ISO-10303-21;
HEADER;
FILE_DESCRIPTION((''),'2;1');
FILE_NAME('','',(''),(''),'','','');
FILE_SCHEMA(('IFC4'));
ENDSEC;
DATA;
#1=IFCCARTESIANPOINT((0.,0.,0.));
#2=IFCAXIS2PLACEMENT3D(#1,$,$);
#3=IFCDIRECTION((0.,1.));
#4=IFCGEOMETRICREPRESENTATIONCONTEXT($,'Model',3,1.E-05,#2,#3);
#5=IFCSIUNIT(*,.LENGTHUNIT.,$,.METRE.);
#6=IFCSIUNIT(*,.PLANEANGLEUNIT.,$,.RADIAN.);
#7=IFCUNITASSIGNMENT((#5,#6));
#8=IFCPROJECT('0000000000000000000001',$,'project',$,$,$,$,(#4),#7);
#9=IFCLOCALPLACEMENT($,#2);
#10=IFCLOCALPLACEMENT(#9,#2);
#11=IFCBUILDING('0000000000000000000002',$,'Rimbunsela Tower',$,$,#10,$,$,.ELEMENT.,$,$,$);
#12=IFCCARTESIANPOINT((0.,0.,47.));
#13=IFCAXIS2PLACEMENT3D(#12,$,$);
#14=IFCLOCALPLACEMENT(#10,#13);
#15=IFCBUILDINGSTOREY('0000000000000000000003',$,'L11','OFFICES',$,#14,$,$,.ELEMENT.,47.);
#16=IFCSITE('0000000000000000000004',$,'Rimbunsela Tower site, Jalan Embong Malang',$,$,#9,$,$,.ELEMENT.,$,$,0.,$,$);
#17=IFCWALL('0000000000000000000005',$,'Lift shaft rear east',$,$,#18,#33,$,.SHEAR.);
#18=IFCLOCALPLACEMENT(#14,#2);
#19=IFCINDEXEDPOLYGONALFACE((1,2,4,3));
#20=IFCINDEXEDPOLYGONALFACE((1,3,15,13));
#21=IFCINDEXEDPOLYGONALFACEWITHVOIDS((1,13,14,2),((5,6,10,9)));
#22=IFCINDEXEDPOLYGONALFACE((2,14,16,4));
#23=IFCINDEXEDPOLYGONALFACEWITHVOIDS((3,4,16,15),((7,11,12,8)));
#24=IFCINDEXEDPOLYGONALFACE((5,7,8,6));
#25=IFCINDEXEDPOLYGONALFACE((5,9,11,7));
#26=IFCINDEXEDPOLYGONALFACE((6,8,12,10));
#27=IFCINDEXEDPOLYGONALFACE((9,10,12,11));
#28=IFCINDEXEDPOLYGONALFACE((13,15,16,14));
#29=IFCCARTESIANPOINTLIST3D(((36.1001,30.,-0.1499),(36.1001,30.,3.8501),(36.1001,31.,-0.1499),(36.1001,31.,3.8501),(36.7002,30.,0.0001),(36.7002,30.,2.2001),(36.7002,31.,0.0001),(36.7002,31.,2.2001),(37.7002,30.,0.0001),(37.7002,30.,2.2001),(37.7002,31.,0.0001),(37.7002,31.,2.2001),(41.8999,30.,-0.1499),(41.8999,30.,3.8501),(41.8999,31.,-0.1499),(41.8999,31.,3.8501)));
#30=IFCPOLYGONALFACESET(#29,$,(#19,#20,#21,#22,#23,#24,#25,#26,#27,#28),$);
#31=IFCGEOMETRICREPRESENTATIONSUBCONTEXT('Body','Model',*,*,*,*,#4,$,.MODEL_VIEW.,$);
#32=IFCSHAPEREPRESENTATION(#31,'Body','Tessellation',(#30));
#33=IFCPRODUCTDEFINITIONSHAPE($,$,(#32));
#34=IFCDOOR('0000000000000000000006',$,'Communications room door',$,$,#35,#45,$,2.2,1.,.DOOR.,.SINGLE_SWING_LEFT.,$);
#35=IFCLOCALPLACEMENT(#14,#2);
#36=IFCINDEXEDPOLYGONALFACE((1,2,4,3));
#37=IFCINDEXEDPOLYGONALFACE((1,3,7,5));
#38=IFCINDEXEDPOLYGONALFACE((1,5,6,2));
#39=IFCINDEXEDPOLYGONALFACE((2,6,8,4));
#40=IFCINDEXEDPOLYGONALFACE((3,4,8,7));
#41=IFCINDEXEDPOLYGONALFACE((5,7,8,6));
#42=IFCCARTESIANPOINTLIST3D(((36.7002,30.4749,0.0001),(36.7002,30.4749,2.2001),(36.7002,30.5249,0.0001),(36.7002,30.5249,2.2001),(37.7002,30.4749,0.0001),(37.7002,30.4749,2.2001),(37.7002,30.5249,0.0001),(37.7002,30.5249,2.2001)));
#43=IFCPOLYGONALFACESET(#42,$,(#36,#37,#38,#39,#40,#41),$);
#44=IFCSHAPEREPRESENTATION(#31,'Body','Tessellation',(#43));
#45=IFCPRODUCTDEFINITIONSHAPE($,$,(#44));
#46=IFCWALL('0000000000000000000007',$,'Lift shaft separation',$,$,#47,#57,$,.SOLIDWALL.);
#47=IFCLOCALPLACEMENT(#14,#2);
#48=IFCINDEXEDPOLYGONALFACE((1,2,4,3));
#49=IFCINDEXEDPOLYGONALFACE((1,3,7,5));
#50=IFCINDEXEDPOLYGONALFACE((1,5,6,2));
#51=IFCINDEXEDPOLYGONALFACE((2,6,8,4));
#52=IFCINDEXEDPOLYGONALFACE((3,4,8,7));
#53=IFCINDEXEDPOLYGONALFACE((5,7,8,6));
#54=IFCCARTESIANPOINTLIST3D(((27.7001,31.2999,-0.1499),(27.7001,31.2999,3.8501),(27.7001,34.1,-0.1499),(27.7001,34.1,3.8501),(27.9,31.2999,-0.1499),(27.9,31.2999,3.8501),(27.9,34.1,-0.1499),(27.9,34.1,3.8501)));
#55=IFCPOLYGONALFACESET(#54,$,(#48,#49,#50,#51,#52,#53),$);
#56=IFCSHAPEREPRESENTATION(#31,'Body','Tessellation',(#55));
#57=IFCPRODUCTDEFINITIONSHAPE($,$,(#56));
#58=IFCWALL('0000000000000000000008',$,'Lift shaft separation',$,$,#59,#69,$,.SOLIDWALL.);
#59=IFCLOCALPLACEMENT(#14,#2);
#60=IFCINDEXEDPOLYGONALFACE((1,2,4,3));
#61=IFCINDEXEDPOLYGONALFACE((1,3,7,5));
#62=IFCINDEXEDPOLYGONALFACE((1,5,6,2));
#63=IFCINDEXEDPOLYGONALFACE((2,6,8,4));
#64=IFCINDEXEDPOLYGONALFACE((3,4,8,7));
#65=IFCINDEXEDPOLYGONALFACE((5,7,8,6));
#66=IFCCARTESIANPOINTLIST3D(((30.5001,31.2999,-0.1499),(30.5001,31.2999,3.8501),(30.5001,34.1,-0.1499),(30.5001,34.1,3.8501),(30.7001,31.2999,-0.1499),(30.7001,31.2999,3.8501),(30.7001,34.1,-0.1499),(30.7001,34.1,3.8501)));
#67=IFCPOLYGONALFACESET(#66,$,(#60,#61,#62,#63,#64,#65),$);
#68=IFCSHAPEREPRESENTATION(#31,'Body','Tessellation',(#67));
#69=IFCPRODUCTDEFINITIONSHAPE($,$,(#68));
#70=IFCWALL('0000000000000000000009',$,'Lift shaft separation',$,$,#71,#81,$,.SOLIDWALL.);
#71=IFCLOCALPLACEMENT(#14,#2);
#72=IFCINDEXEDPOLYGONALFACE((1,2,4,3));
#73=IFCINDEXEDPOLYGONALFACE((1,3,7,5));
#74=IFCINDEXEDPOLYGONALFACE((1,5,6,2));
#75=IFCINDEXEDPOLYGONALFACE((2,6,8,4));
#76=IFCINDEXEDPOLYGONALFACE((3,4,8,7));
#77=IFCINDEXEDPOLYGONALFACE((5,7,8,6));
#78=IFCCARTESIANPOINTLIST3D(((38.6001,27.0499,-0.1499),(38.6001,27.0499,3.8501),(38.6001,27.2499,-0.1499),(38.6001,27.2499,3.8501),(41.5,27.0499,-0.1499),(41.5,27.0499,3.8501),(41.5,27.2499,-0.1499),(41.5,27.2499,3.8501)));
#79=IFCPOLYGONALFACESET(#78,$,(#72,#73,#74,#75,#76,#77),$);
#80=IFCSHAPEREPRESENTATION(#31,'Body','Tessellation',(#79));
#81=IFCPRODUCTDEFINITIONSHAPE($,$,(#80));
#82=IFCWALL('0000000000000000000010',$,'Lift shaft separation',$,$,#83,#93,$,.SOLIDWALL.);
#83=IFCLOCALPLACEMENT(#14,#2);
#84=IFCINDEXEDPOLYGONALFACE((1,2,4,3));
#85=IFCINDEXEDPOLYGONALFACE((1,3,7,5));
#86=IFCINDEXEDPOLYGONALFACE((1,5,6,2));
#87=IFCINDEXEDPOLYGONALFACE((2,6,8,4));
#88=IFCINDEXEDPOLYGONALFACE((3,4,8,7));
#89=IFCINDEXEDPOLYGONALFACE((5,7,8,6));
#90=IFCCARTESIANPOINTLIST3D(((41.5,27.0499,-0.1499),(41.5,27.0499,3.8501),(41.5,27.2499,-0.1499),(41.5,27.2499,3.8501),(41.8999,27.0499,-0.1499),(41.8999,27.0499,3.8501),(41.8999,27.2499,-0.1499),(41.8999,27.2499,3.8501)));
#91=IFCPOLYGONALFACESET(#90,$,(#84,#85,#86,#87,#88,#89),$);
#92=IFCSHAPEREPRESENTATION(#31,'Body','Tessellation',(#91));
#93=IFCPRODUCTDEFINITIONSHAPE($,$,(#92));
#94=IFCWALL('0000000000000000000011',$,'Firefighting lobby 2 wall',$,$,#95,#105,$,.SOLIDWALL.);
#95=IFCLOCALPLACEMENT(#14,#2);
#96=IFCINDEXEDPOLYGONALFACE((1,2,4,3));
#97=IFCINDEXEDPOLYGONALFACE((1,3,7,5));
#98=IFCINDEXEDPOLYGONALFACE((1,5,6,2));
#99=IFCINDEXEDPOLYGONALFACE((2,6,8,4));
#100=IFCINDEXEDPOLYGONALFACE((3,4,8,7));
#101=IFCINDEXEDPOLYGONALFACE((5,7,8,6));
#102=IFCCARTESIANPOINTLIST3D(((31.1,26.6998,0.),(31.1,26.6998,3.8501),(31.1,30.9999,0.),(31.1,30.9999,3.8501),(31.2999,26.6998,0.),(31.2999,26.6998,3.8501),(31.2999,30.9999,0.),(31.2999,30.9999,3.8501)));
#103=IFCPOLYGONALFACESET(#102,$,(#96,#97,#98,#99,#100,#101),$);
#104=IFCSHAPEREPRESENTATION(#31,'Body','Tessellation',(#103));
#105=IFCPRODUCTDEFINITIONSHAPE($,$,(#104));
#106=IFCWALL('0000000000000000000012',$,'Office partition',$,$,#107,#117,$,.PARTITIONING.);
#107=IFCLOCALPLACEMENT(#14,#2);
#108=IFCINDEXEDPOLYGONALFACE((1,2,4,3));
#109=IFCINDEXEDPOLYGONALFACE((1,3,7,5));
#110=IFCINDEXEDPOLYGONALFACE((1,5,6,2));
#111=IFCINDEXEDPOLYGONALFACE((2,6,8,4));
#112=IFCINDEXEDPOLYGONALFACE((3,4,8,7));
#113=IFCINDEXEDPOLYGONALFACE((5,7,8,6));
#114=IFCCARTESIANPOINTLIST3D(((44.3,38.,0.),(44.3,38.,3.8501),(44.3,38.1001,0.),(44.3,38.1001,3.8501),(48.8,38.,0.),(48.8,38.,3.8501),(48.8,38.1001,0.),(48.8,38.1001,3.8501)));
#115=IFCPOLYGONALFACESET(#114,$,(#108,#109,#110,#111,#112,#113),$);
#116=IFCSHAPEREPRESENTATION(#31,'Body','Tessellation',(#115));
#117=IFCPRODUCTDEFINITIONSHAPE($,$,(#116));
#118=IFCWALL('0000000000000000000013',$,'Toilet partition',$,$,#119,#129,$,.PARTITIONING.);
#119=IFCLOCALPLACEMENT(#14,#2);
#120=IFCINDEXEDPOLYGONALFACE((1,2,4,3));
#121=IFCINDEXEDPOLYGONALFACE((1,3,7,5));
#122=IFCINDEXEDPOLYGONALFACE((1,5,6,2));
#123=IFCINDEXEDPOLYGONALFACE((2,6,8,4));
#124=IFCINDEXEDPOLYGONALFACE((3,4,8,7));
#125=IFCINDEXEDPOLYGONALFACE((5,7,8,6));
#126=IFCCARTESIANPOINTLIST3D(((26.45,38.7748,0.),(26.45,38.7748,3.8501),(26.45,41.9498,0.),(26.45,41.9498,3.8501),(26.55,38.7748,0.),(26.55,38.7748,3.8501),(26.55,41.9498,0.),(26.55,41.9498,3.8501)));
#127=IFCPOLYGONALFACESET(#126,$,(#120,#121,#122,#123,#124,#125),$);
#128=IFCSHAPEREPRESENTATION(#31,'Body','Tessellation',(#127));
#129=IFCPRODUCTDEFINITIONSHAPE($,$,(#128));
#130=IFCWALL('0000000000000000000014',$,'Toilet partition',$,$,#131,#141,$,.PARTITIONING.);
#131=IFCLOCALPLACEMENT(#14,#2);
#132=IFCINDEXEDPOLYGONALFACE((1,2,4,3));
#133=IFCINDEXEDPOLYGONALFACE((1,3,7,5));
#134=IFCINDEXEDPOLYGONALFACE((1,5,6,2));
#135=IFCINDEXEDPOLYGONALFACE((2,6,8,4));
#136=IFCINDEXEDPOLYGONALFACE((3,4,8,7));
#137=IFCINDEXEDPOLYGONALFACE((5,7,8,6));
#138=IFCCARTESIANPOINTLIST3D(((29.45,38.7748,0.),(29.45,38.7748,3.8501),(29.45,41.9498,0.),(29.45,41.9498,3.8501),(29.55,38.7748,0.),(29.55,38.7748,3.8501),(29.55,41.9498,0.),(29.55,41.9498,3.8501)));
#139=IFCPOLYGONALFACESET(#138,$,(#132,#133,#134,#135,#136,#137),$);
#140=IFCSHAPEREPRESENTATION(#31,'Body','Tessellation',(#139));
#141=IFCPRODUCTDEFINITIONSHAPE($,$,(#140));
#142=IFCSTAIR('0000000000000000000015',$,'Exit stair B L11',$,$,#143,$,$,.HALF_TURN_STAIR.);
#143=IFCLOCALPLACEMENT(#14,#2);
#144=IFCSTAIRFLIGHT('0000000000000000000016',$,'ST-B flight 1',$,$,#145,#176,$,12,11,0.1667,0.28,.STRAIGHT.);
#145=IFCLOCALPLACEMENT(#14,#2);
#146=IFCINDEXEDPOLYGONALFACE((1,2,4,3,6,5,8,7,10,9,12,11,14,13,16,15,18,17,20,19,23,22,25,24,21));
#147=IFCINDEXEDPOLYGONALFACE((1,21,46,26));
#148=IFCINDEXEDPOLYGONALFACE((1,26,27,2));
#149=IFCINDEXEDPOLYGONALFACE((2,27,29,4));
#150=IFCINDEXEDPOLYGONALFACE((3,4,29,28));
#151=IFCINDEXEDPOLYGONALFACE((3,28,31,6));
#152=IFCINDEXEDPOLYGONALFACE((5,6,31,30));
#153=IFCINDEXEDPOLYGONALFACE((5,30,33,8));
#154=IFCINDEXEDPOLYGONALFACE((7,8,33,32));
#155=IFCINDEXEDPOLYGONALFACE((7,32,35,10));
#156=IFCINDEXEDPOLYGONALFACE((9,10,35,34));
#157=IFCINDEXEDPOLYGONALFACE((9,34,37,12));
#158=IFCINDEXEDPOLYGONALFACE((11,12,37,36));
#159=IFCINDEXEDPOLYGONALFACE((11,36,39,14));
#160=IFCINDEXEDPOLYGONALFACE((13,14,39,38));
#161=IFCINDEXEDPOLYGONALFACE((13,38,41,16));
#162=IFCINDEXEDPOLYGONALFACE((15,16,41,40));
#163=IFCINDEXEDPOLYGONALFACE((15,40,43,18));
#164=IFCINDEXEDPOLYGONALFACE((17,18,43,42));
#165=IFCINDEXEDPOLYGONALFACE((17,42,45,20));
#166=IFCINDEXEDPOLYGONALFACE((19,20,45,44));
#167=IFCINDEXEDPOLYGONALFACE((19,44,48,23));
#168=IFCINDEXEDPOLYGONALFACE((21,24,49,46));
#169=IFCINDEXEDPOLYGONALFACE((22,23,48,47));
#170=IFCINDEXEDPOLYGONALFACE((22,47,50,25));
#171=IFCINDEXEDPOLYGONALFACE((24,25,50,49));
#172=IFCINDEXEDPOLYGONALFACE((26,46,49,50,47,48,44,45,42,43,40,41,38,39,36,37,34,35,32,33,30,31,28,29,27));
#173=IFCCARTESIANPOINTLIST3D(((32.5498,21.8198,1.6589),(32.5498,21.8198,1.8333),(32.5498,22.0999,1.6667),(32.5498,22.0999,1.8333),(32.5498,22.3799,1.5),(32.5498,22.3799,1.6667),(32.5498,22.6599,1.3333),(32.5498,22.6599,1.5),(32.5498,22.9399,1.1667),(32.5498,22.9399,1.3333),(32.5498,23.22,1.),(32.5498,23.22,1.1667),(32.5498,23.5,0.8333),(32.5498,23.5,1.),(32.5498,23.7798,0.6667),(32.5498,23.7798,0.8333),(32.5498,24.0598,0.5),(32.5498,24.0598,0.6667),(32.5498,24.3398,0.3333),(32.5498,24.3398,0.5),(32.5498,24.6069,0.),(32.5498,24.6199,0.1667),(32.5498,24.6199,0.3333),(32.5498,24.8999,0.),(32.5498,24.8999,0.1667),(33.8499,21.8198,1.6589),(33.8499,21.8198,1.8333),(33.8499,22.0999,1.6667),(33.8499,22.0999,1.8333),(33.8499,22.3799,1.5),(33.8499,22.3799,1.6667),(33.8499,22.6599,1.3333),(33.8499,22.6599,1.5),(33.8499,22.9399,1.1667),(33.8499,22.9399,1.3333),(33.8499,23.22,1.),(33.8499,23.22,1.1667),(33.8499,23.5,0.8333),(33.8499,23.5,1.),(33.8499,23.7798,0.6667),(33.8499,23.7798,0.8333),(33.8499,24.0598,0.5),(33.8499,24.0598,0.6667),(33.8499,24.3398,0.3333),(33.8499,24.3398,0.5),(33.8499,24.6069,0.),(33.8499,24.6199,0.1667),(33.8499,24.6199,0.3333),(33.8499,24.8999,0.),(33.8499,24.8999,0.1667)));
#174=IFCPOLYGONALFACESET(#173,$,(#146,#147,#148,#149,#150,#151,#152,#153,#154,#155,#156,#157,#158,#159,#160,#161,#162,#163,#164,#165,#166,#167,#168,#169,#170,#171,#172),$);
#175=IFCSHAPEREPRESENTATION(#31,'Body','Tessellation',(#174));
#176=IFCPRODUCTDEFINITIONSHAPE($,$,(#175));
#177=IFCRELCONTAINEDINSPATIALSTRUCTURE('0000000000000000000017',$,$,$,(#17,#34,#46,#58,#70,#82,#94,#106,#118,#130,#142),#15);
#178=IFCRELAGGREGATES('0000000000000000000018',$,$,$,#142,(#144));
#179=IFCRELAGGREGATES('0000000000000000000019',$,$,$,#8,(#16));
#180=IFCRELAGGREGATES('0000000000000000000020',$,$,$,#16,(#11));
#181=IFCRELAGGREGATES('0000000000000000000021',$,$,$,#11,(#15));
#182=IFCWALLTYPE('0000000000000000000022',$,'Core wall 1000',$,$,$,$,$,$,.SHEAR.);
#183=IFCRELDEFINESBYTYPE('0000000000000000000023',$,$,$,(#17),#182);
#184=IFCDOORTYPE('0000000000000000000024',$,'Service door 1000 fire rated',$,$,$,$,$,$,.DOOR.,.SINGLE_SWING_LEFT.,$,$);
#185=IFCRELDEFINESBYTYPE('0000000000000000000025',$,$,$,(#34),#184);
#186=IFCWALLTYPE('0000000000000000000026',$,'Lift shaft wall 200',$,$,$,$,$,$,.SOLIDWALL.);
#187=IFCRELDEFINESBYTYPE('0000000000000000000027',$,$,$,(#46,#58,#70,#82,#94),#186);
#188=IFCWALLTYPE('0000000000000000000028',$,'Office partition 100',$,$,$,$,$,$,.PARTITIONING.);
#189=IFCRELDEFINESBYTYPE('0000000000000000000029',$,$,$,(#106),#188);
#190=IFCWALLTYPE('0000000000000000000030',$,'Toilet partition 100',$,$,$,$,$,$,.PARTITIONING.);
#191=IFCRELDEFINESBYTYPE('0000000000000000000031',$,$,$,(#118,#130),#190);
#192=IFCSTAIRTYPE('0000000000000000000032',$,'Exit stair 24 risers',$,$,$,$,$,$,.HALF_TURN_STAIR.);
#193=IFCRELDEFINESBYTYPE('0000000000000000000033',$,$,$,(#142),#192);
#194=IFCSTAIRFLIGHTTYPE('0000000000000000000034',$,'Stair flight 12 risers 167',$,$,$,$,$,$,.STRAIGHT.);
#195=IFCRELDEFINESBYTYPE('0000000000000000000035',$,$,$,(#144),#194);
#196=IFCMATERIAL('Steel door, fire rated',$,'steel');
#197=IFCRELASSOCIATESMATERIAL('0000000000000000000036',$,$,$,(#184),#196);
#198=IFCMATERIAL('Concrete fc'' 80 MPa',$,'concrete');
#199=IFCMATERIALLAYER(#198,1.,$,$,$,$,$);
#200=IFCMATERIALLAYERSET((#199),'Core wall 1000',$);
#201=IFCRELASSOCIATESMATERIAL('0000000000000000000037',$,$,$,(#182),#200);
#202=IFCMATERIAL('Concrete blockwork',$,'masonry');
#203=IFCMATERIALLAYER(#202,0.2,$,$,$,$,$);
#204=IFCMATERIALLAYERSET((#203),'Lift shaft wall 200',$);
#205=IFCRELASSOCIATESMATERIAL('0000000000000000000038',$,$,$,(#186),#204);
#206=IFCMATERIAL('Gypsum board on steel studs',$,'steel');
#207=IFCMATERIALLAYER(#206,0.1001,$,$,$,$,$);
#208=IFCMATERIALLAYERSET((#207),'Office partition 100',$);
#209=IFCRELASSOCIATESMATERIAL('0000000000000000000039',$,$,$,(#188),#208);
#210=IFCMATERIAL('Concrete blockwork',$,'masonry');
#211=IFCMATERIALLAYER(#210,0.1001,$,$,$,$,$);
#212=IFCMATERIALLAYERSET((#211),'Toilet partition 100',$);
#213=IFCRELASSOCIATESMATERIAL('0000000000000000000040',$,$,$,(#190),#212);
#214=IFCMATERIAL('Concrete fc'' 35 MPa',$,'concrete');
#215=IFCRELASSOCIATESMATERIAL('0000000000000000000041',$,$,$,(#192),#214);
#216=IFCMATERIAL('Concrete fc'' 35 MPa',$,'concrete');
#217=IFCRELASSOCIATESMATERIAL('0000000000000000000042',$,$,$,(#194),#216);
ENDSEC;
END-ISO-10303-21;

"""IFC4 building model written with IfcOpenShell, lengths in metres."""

from ifc_helpers import new_model, si_unit, direction, frame, frame_2d, origin, place, context, subcontext, project, spatial, polyline, rectangle, outline, extrude, material, layer, layer_set, type_object, element, fill, aggregate, save


model = new_model("IFC4")

# Units and contexts
model_context = context("Model", 3, precision=1e-05, world=origin(), true_north=direction((0.0, 1.0)))
body_context = subcontext(model_context, "Body", "Model", "MODEL_VIEW")
ifc_project = project(units=[si_unit("LENGTHUNIT", "METRE"), si_unit("PLANEANGLEUNIT", "RADIAN")], contexts=[model_context])

# Site, building, storey
site_placement = place(None, origin())
site = spatial("IfcSite", under=ifc_project, at=site_placement, Name="Rimbunsela Tower site, Jalan Embong Malang", CompositionType="ELEMENT", RefElevation=0.0)
building_placement = place(site_placement, origin())
building = spatial("IfcBuilding", under=site, at=building_placement, Name="Rimbunsela Tower", CompositionType="ELEMENT")
storey_placement = place(building_placement, frame((0.0, 0.0, 47.0)))
storey = spatial("IfcBuildingStorey", under=building, at=storey_placement, Name="L11", Description="OFFICES", CompositionType="ELEMENT", Elevation=47.0)

# Shared definitions
ifc_material_1 = material(Name="Steel door, fire rated", Category="steel")
door_type_1 = type_object("IfcDoorType", Name="Service door 1000 fire rated", OperationType="SINGLE_SWING_LEFT", PredefinedType="DOOR", material=ifc_material_1)

# Wall, opening, door
ifc_material_2 = material(Name="Concrete fc' 80 MPa", Category="concrete")
ifc_layer_1 = layer(ifc_material_2, 1.0)
ifc_layer_set_1 = layer_set([ifc_layer_1], Name="Core wall 1000")
wall_type_1 = type_object("IfcWallType", Name="Core wall 1000", PredefinedType="SHEAR", material=ifc_layer_set_1)
wall_1_placement = place(storey_placement, frame((36.1001, 30.5, -0.1499), z_axis=(0.0, 0.0, 1.0), x_axis=(1.0, 0.0, 0.0)))
wall_1 = element("IfcWall", 1, at=wall_1_placement, inside=storey, type_object=wall_type_1, Name="Lift shaft rear east", PredefinedType="SHEAR", context=body_context, shape_type="SweptSolid", body=[
    extrude(rectangle(XDim=5.7998, YDim=1.0, at=frame_2d((2.8999, 0.0))), origin(), (0.0, 0.0, 1.0), 4.0),
])
opening_1_placement = place(wall_1_placement, frame((0.6001, 0.0, 0.1499)))
opening_1 = element("IfcOpeningElement", 2, at=opening_1_placement, cuts=wall_1, PredefinedType="OPENING", context=body_context, shape_type="SweptSolid", body=[
    extrude(rectangle(XDim=1.0, YDim=2.2, at=frame_2d((0.5, 1.1001))), frame((0.0, 0.51, 0.0), z_axis=(0.0, -1.0, 0.0), x_axis=(1.0, 0.0, 0.0)), (0.0, 0.0, 1.0), 1.02),
])
door_1_placement = place(opening_1_placement, origin())
door_1 = element("IfcDoor", 3, at=door_1_placement, inside=storey, type_object=door_type_1, Name="Communications room door", OperationType="SINGLE_SWING_LEFT", OverallHeight=2.2, OverallWidth=1.0, PredefinedType="DOOR", context=body_context, shape_type="SweptSolid", body=[
    extrude(rectangle(XDim=1.0, YDim=2.2, at=frame_2d((0.5, 1.1001))), frame((0.0, 0.0249, 0.0), z_axis=(0.0, -1.0, 0.0), x_axis=(1.0, 0.0, 0.0)), (0.0, 0.0, 1.0), 0.05),
])
fill(opening_1, door_1)

# Walls
ifc_material_3 = material(Name="Concrete blockwork", Category="masonry")
ifc_layer_2 = layer(ifc_material_3, 0.2)
ifc_layer_set_2 = layer_set([ifc_layer_2], Name="Lift shaft wall 200")
wall_type_2 = type_object("IfcWallType", Name="Lift shaft wall 200", PredefinedType="SOLIDWALL", material=ifc_layer_set_2)
for number, where, z_axis, x_axis, name in (
    (4, (27.8, 31.3, -0.1499), (0.0, 0.0, 1.0), (0.0, 1.0, 0.0), "Lift shaft separation"),
    (5, (30.6001, 31.3, -0.1499), (0.0, 0.0, 1.0), (0.0, 1.0, 0.0), "Lift shaft separation"),
):
    element("IfcWall", number, at=place(storey_placement, frame(where, z_axis=z_axis, x_axis=x_axis)), inside=storey, type_object=wall_type_2, Name=name, PredefinedType="SOLIDWALL", context=body_context, shape_type="SweptSolid", body=[
        extrude(rectangle(XDim=2.8, YDim=0.2, at=frame_2d((1.3999, 0.0))), origin(), (0.0, 0.0, 1.0), 4.0),
    ])
wall_2_placement = place(storey_placement, frame((38.6001, 27.1499, -0.1499), z_axis=(0.0, 0.0, 1.0), x_axis=(1.0, 0.0, 0.0)))
element("IfcWall", 6, at=wall_2_placement, inside=storey, type_object=wall_type_2, Name="Lift shaft separation", PredefinedType="SOLIDWALL", context=body_context, shape_type="SweptSolid", body=[
    extrude(rectangle(XDim=2.8999, YDim=0.2, at=frame_2d((1.45, 0.0))), origin(), (0.0, 0.0, 1.0), 4.0),
])
wall_3_placement = place(storey_placement, frame((41.5, 27.1499, -0.1499), z_axis=(0.0, 0.0, 1.0), x_axis=(1.0, 0.0, 0.0)))
element("IfcWall", 7, at=wall_3_placement, inside=storey, type_object=wall_type_2, Name="Lift shaft separation", PredefinedType="SOLIDWALL", context=body_context, shape_type="SweptSolid", body=[
    extrude(rectangle(XDim=0.3999, YDim=0.2, at=frame_2d((0.2, 0.0))), origin(), (0.0, 0.0, 1.0), 4.0),
])
wall_4_placement = place(storey_placement, frame((31.2, 26.7, 0.0), z_axis=(0.0, 0.0, 1.0), x_axis=(0.0, 1.0, 0.0)))
element("IfcWall", 8, at=wall_4_placement, inside=storey, type_object=wall_type_2, Name="Firefighting lobby 2 wall", PredefinedType="SOLIDWALL", context=body_context, shape_type="SweptSolid", body=[
    extrude(rectangle(XDim=4.3, YDim=0.2, at=frame_2d((2.1499, 0.0))), origin(), (0.0, 0.0, 1.0), 3.8501),
])
ifc_material_4 = material(Name="Gypsum board on steel studs", Category="steel")
ifc_layer_3 = layer(ifc_material_4, 0.1001)
ifc_layer_set_3 = layer_set([ifc_layer_3], Name="Office partition 100")
wall_type_3 = type_object("IfcWallType", Name="Office partition 100", PredefinedType="PARTITIONING", material=ifc_layer_set_3)
wall_5_placement = place(storey_placement, frame((44.3, 38.05, 0.0), z_axis=(0.0, 0.0, 1.0), x_axis=(1.0, 0.0, 0.0)))
element("IfcWall", 9, at=wall_5_placement, inside=storey, type_object=wall_type_3, Name="Office partition", PredefinedType="PARTITIONING", context=body_context, shape_type="SweptSolid", body=[
    extrude(rectangle(XDim=4.5, YDim=0.1001, at=frame_2d((2.25, 0.0))), origin(), (0.0, 0.0, 1.0), 3.8501),
])
ifc_material_5 = material(Name="Concrete blockwork", Category="masonry")
ifc_layer_4 = layer(ifc_material_5, 0.1001)
ifc_layer_set_4 = layer_set([ifc_layer_4], Name="Toilet partition 100")
wall_type_4 = type_object("IfcWallType", Name="Toilet partition 100", PredefinedType="PARTITIONING", material=ifc_layer_set_4)
for number, where, z_axis, x_axis, name in (
    (10, (26.5, 38.7749, 0.0), (0.0, 0.0, 1.0), (0.0, 1.0, 0.0), "Toilet partition"),
    (11, (29.5, 38.7749, 0.0), (0.0, 0.0, 1.0), (0.0, 1.0, 0.0), "Toilet partition"),
):
    element("IfcWall", number, at=place(storey_placement, frame(where, z_axis=z_axis, x_axis=x_axis)), inside=storey, type_object=wall_type_4, Name=name, PredefinedType="PARTITIONING", context=body_context, shape_type="SweptSolid", body=[
        extrude(rectangle(XDim=3.175, YDim=0.1001, at=frame_2d((1.5874, 0.0))), origin(), (0.0, 0.0, 1.0), 3.8501),
    ])

# Stair, stair flight
ifc_material_6 = material(Name="Concrete fc' 35 MPa", Category="concrete")
stair_type = type_object("IfcStairType", Name="Exit stair 24 risers", PredefinedType="HALF_TURN_STAIR", material=ifc_material_6)
stair_placement = place(storey_placement, origin())
stair = element("IfcStair", 12, at=stair_placement, inside=storey, type_object=stair_type, Name="Exit stair B L11", PredefinedType="HALF_TURN_STAIR")
ifc_material_7 = material(Name="Concrete fc' 35 MPa", Category="concrete")
stair_flight_type = type_object("IfcStairFlightType", Name="Stair flight 12 risers 167", PredefinedType="STRAIGHT", material=ifc_material_7)
stair_flight_placement = place(storey_placement, frame((33.2, 24.8999, 0.0), z_axis=(0.0, 0.0, 1.0), x_axis=(0.0, -1.0, 0.0)))
stair_flight = element("IfcStairFlight", 13, at=stair_flight_placement, type_object=stair_flight_type, Name="ST-B flight 1", NumberOfRisers=12, NumberOfTreads=11, PredefinedType="STRAIGHT", RiserHeight=0.1667, TreadLength=0.28, context=body_context, shape_type="SweptSolid", body=[
    extrude(outline(polyline([(0.0, 0.0), (0.0, 0.1667), (0.28, 0.1667), (0.28, 0.3333), (0.5601, 0.3333), (0.5601, 0.5), (0.8401, 0.5), (0.8401, 0.6667), (1.1201, 0.6667), (1.1201, 0.8333), (1.3999, 0.8333), (1.3999, 1.0), (1.6799, 1.0), (1.6799, 1.1667), (1.96, 1.1667), (1.96, 1.3333), (2.24, 1.3333), (2.24, 1.5), (2.52, 1.5), (2.52, 1.6667), (2.8, 1.6667), (2.8, 1.8333), (3.0801, 1.8333), (3.0801, 2.0), (3.0801, 1.6589), (0.293, 0.0), (0.0, 0.0)])), frame((0.0, 0.6499, 0.0), z_axis=(0.0, -1.0, 0.0), x_axis=(1.0, 0.0, 0.0)), (0.0, 0.0, 1.0), 1.3),
])
aggregate(stair, [stair_flight])

save(model, "model.ifc")
